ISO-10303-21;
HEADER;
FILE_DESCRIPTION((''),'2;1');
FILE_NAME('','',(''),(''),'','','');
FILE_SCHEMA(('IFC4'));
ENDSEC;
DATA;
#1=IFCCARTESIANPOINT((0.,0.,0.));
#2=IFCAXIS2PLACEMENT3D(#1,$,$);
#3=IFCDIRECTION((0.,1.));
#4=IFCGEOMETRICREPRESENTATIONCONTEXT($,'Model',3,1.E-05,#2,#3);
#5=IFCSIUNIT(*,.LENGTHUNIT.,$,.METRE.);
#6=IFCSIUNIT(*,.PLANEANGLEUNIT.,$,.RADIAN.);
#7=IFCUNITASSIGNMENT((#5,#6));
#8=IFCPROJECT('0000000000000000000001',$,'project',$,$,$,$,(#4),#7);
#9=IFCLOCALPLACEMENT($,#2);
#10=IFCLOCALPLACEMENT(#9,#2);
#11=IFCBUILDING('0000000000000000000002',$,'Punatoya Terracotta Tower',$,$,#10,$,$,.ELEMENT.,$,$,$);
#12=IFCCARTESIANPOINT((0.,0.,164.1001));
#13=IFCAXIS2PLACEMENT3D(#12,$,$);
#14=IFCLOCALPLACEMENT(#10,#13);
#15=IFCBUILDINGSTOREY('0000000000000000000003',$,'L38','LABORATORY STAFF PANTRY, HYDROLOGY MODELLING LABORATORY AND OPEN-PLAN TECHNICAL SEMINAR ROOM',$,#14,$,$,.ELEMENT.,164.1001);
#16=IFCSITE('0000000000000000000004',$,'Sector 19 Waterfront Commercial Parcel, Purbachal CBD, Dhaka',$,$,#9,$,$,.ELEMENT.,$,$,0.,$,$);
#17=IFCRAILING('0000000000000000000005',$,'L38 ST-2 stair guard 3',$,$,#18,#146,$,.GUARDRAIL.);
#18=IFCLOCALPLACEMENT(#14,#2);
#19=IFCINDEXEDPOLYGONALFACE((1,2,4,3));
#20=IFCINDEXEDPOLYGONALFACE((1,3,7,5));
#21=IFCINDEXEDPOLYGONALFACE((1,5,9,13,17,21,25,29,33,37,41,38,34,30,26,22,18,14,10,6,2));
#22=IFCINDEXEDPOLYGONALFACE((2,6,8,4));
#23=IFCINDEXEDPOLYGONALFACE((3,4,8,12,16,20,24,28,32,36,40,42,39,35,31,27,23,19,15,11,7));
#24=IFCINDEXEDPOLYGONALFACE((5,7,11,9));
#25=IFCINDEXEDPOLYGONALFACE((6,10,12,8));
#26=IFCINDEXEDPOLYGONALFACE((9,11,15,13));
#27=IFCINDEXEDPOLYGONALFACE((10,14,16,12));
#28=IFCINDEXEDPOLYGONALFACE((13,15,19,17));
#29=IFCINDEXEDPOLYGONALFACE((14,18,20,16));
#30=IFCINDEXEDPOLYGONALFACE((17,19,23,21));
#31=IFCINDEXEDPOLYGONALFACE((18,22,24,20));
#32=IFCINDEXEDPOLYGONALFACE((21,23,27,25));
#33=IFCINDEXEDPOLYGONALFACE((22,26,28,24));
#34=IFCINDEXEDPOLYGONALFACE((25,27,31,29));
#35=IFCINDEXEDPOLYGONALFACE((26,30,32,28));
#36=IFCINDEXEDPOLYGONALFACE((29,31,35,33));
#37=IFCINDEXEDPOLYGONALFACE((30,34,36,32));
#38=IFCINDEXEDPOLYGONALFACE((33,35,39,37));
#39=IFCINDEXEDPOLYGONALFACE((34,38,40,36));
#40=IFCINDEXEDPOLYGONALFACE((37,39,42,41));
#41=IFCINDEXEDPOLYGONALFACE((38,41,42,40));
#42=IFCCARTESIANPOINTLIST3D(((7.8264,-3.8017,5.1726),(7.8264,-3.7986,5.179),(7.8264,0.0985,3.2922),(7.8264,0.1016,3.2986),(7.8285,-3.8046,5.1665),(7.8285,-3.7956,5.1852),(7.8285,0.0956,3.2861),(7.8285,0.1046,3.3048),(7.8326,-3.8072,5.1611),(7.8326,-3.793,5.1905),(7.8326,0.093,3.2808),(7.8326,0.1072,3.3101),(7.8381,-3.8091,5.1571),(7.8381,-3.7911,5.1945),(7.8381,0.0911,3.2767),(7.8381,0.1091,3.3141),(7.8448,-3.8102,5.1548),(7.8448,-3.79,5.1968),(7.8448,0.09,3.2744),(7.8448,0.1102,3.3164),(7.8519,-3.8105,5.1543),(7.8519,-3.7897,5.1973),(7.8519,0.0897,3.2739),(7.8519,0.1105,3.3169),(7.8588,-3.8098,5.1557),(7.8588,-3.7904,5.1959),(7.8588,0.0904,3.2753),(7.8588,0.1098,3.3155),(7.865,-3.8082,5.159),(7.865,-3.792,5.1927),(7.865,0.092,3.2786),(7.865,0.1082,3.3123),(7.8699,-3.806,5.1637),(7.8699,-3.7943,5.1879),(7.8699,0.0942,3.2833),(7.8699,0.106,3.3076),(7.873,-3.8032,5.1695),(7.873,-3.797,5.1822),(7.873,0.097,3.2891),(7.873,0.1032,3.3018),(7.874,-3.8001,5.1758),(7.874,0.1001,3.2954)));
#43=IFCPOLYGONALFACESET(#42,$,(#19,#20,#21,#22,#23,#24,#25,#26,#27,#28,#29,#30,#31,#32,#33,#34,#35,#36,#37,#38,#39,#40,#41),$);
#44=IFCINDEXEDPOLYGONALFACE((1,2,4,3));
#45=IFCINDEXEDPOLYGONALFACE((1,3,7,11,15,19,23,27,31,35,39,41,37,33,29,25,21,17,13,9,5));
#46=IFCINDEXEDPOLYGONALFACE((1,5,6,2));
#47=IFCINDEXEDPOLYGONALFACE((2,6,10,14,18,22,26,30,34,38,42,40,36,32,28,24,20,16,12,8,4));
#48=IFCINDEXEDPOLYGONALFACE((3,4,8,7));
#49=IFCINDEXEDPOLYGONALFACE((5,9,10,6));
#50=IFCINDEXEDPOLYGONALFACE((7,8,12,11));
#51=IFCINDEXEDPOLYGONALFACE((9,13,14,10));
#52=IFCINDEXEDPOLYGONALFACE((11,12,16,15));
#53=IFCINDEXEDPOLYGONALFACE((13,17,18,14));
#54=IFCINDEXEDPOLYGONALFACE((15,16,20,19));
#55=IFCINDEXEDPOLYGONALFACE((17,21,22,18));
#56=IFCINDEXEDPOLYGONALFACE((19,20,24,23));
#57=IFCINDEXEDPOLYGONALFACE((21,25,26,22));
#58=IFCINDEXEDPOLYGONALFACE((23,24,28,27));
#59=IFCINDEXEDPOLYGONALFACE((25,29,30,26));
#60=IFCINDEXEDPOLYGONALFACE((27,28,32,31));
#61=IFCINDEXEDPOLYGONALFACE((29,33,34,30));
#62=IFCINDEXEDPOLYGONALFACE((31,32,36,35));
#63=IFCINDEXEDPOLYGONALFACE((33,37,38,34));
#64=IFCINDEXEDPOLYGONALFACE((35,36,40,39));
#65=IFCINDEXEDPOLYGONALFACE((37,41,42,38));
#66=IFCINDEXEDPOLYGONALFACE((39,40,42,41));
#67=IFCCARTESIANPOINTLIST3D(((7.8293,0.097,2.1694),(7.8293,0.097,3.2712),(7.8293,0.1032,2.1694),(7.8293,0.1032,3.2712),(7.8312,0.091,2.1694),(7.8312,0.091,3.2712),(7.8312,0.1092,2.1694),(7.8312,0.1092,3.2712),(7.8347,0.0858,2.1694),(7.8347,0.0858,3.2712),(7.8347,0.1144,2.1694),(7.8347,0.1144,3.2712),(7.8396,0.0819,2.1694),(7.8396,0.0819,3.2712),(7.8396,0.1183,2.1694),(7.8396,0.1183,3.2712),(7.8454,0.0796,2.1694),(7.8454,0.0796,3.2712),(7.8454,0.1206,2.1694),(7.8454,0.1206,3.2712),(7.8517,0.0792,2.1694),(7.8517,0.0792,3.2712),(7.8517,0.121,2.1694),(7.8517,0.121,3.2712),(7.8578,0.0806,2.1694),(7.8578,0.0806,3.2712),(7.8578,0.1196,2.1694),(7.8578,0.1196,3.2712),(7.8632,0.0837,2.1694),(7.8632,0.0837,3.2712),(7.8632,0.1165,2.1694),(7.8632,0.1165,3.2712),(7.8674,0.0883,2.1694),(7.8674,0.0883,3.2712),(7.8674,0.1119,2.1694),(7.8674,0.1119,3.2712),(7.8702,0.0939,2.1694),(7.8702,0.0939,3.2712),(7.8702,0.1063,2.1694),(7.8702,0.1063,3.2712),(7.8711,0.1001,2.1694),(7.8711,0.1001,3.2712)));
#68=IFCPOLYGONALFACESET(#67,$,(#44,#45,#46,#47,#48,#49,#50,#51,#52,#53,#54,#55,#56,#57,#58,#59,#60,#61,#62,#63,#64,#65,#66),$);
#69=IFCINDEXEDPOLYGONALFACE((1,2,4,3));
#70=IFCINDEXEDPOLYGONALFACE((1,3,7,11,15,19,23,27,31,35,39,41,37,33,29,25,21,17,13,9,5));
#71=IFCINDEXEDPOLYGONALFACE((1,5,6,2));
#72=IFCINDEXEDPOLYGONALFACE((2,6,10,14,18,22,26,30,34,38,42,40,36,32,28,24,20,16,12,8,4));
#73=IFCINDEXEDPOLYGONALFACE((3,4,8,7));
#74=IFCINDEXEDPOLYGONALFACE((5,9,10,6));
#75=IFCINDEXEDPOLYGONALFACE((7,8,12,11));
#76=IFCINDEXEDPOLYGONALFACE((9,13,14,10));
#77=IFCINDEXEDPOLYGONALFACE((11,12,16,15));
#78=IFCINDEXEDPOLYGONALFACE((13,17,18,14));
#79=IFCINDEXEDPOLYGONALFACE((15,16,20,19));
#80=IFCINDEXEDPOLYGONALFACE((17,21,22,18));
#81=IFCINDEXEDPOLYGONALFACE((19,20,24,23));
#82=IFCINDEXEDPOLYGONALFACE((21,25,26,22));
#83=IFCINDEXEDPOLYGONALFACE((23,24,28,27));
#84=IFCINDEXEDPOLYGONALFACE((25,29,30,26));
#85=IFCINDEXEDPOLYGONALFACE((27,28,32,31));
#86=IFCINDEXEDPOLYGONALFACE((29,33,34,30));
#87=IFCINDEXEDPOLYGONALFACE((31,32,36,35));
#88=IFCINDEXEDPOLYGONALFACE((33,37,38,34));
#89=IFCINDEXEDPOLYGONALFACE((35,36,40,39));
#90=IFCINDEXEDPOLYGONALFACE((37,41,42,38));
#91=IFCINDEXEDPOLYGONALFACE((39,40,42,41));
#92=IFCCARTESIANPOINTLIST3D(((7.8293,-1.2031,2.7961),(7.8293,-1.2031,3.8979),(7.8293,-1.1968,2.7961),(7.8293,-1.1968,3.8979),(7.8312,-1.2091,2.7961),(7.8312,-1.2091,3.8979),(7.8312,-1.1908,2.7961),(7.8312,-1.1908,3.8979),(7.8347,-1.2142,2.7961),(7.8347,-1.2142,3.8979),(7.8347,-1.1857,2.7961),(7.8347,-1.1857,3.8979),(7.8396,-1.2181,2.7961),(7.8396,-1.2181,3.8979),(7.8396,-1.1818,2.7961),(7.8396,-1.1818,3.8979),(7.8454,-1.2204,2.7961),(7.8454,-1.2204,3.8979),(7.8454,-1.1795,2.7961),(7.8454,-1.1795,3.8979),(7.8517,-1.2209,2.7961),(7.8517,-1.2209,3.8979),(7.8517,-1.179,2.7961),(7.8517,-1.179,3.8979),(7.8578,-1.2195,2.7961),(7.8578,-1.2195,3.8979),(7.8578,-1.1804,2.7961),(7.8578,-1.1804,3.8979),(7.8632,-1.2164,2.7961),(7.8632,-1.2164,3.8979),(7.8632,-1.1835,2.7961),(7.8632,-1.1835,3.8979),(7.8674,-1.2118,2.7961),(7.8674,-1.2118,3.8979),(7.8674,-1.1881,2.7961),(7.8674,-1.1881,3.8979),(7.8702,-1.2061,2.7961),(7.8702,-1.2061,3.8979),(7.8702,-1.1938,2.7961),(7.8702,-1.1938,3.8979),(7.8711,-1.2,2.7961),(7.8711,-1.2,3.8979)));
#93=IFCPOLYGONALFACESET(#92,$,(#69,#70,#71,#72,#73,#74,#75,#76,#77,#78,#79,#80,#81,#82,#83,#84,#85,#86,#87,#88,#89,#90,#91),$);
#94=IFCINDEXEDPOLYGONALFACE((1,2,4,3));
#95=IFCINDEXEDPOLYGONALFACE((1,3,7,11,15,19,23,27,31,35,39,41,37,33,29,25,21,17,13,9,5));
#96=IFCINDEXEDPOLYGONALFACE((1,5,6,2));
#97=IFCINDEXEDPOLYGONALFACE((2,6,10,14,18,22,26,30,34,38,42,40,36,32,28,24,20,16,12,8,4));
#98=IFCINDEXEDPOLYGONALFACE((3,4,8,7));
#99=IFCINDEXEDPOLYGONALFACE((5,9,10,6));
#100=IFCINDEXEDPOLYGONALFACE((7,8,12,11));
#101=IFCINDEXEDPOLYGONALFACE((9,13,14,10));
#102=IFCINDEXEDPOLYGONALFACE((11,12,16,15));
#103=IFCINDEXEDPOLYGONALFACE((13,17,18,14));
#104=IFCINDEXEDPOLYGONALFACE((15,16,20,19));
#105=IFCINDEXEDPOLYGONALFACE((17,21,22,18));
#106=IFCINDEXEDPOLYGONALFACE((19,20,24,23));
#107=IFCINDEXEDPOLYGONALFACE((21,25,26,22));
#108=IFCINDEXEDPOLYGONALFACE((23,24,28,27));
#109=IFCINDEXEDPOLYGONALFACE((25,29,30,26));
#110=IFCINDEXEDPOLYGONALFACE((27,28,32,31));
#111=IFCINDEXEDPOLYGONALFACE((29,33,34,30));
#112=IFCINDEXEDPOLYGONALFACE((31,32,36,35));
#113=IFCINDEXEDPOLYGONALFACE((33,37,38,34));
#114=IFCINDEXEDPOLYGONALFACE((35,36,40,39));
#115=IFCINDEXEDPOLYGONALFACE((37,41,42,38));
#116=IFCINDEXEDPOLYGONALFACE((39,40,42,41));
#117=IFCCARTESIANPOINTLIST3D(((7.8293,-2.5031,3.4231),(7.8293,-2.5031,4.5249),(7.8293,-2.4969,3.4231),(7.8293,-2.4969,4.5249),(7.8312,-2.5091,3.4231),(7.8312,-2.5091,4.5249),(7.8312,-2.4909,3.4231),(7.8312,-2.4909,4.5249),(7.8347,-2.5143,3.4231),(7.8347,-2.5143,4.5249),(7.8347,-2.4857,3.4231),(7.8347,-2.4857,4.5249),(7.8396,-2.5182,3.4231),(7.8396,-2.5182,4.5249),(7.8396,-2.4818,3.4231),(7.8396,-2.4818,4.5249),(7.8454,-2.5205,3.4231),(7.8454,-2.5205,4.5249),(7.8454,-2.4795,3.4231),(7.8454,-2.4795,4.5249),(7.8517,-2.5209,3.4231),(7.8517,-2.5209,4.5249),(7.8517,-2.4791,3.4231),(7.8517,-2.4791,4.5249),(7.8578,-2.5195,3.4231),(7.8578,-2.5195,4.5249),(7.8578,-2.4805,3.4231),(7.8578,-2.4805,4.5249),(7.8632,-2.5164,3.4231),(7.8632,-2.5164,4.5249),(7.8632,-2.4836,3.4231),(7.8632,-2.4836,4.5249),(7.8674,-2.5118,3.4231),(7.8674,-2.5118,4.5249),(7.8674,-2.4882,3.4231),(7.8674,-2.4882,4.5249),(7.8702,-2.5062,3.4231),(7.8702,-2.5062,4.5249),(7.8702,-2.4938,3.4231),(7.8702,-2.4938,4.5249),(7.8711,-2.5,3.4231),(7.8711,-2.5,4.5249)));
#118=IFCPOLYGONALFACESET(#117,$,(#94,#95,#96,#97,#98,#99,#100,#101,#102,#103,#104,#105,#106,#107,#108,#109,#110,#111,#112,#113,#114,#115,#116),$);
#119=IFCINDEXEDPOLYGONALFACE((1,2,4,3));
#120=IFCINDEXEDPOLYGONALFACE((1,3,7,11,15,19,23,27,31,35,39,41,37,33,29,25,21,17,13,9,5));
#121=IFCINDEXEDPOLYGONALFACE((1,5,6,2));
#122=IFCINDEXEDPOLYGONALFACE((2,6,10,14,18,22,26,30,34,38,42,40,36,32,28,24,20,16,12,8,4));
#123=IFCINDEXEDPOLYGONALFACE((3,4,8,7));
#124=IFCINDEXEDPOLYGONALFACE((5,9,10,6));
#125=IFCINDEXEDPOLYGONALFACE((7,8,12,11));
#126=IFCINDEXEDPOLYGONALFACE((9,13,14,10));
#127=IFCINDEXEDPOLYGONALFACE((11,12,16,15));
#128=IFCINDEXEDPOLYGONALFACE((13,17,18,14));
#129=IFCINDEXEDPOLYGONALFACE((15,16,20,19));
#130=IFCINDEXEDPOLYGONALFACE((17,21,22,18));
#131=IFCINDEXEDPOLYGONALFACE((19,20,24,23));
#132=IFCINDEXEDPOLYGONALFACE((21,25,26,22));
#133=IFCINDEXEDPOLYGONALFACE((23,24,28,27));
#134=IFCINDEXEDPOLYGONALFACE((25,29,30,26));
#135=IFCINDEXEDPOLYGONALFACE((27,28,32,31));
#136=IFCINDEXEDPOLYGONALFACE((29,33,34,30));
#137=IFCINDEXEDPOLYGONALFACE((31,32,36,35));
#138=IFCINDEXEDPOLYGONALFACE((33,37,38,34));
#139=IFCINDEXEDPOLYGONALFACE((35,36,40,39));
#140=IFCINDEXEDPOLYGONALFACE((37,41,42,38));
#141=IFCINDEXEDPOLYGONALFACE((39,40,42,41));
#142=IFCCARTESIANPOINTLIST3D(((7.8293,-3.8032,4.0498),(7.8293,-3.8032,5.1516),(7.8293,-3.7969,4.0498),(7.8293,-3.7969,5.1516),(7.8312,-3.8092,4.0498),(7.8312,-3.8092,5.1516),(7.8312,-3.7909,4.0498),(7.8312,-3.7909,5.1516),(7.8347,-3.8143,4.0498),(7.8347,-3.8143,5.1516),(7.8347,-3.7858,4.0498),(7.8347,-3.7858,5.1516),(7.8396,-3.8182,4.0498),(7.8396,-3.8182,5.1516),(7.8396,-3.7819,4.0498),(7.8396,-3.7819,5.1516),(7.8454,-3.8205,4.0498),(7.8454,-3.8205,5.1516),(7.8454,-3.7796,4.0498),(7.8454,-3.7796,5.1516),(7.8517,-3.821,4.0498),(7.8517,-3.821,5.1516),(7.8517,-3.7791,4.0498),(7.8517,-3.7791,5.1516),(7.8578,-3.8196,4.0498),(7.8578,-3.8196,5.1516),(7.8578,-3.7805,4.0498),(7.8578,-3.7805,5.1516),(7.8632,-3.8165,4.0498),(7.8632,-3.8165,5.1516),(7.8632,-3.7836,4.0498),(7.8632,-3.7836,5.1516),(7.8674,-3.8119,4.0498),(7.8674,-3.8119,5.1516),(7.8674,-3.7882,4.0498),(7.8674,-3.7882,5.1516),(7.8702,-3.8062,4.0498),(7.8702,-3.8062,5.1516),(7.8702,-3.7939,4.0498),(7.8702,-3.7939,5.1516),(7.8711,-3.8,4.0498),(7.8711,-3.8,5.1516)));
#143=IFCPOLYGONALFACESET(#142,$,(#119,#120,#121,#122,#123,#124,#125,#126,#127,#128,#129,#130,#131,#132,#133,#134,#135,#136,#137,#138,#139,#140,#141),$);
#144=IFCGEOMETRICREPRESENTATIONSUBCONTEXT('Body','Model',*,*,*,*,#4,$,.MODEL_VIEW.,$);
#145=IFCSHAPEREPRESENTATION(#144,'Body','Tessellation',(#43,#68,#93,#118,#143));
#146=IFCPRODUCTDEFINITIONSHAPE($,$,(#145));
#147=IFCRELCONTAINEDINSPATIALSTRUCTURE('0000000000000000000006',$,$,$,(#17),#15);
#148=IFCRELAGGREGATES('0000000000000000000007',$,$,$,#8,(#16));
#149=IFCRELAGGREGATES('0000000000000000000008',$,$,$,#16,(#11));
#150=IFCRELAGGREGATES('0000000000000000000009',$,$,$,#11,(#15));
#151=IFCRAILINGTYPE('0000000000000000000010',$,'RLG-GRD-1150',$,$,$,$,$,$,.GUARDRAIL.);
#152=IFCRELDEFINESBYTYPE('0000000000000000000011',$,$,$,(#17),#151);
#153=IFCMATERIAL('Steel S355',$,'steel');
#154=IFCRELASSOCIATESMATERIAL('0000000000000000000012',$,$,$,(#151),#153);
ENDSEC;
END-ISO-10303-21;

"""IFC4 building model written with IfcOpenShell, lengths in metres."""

from ifc_helpers import new_model, si_unit, direction, frame, origin, origin_2d, place, context, subcontext, project, spatial, circle, extrude, material, type_object, element, save


model = new_model("IFC4")

# Units and contexts
model_context = context("Model", 3, precision=1e-05, world=origin(), true_north=direction((0.0, 1.0)))
body_context = subcontext(model_context, "Body", "Model", "MODEL_VIEW")
ifc_project = project(units=[si_unit("LENGTHUNIT", "METRE"), si_unit("PLANEANGLEUNIT", "RADIAN")], contexts=[model_context])

# Site, building, storey
site_placement = place(None, origin())
site = spatial("IfcSite", under=ifc_project, at=site_placement, Name="Sector 19 Waterfront Commercial Parcel, Purbachal CBD, Dhaka", CompositionType="ELEMENT", RefElevation=0.0)
building_placement = place(site_placement, origin())
building = spatial("IfcBuilding", under=site, at=building_placement, Name="Punatoya Terracotta Tower", CompositionType="ELEMENT")
storey_placement = place(building_placement, frame((0.0, 0.0, 164.1001)))
storey = spatial("IfcBuildingStorey", under=building, at=storey_placement, Name="L38", Description="LABORATORY STAFF PANTRY, HYDROLOGY MODELLING LABORATORY AND OPEN-PLAN TECHNICAL SEMINAR ROOM", CompositionType="ELEMENT", Elevation=164.1001)

# Shared definitions
ifc_material_1 = material(Name="Steel S355", Category="steel")

# Railing
railing_type_1 = type_object("IfcRailingType", Name="RLG-GRD-1150", PredefinedType="GUARDRAIL", material=ifc_material_1)
railing_1_placement = place(storey_placement, frame((7.8501, 0.1001, 2.1694)))
element("IfcRailing", 1, at=railing_1_placement, inside=storey, type_object=railing_type_1, Name="L38 ST-2 stair guard 3", PredefinedType="GUARDRAIL", context=body_context, shape_type="SweptSolid", body=[
    extrude(circle(Radius=0.0239, at=origin_2d()), frame((0.0, 0.0, 1.126), z_axis=(0.0, -0.900774, 0.434289), x_axis=(1.0, 0.0, 0.0)), (0.0, 0.0, 1.0), 4.3298),
    extrude(circle(Radius=0.021, at=origin_2d()), origin(), (0.0, 0.0, 1.0), 1.1018),
    extrude(circle(Radius=0.021, at=origin_2d()), frame((0.0, -1.3, 0.6267)), (0.0, 0.0, 1.0), 1.1018),
    extrude(circle(Radius=0.021, at=origin_2d()), frame((0.0, -2.6001, 1.2537)), (0.0, 0.0, 1.0), 1.1018),
    extrude(circle(Radius=0.021, at=origin_2d()), frame((0.0, -3.9001, 1.8804)), (0.0, 0.0, 1.0), 1.1018),
])

save(model, "model.ifc")
